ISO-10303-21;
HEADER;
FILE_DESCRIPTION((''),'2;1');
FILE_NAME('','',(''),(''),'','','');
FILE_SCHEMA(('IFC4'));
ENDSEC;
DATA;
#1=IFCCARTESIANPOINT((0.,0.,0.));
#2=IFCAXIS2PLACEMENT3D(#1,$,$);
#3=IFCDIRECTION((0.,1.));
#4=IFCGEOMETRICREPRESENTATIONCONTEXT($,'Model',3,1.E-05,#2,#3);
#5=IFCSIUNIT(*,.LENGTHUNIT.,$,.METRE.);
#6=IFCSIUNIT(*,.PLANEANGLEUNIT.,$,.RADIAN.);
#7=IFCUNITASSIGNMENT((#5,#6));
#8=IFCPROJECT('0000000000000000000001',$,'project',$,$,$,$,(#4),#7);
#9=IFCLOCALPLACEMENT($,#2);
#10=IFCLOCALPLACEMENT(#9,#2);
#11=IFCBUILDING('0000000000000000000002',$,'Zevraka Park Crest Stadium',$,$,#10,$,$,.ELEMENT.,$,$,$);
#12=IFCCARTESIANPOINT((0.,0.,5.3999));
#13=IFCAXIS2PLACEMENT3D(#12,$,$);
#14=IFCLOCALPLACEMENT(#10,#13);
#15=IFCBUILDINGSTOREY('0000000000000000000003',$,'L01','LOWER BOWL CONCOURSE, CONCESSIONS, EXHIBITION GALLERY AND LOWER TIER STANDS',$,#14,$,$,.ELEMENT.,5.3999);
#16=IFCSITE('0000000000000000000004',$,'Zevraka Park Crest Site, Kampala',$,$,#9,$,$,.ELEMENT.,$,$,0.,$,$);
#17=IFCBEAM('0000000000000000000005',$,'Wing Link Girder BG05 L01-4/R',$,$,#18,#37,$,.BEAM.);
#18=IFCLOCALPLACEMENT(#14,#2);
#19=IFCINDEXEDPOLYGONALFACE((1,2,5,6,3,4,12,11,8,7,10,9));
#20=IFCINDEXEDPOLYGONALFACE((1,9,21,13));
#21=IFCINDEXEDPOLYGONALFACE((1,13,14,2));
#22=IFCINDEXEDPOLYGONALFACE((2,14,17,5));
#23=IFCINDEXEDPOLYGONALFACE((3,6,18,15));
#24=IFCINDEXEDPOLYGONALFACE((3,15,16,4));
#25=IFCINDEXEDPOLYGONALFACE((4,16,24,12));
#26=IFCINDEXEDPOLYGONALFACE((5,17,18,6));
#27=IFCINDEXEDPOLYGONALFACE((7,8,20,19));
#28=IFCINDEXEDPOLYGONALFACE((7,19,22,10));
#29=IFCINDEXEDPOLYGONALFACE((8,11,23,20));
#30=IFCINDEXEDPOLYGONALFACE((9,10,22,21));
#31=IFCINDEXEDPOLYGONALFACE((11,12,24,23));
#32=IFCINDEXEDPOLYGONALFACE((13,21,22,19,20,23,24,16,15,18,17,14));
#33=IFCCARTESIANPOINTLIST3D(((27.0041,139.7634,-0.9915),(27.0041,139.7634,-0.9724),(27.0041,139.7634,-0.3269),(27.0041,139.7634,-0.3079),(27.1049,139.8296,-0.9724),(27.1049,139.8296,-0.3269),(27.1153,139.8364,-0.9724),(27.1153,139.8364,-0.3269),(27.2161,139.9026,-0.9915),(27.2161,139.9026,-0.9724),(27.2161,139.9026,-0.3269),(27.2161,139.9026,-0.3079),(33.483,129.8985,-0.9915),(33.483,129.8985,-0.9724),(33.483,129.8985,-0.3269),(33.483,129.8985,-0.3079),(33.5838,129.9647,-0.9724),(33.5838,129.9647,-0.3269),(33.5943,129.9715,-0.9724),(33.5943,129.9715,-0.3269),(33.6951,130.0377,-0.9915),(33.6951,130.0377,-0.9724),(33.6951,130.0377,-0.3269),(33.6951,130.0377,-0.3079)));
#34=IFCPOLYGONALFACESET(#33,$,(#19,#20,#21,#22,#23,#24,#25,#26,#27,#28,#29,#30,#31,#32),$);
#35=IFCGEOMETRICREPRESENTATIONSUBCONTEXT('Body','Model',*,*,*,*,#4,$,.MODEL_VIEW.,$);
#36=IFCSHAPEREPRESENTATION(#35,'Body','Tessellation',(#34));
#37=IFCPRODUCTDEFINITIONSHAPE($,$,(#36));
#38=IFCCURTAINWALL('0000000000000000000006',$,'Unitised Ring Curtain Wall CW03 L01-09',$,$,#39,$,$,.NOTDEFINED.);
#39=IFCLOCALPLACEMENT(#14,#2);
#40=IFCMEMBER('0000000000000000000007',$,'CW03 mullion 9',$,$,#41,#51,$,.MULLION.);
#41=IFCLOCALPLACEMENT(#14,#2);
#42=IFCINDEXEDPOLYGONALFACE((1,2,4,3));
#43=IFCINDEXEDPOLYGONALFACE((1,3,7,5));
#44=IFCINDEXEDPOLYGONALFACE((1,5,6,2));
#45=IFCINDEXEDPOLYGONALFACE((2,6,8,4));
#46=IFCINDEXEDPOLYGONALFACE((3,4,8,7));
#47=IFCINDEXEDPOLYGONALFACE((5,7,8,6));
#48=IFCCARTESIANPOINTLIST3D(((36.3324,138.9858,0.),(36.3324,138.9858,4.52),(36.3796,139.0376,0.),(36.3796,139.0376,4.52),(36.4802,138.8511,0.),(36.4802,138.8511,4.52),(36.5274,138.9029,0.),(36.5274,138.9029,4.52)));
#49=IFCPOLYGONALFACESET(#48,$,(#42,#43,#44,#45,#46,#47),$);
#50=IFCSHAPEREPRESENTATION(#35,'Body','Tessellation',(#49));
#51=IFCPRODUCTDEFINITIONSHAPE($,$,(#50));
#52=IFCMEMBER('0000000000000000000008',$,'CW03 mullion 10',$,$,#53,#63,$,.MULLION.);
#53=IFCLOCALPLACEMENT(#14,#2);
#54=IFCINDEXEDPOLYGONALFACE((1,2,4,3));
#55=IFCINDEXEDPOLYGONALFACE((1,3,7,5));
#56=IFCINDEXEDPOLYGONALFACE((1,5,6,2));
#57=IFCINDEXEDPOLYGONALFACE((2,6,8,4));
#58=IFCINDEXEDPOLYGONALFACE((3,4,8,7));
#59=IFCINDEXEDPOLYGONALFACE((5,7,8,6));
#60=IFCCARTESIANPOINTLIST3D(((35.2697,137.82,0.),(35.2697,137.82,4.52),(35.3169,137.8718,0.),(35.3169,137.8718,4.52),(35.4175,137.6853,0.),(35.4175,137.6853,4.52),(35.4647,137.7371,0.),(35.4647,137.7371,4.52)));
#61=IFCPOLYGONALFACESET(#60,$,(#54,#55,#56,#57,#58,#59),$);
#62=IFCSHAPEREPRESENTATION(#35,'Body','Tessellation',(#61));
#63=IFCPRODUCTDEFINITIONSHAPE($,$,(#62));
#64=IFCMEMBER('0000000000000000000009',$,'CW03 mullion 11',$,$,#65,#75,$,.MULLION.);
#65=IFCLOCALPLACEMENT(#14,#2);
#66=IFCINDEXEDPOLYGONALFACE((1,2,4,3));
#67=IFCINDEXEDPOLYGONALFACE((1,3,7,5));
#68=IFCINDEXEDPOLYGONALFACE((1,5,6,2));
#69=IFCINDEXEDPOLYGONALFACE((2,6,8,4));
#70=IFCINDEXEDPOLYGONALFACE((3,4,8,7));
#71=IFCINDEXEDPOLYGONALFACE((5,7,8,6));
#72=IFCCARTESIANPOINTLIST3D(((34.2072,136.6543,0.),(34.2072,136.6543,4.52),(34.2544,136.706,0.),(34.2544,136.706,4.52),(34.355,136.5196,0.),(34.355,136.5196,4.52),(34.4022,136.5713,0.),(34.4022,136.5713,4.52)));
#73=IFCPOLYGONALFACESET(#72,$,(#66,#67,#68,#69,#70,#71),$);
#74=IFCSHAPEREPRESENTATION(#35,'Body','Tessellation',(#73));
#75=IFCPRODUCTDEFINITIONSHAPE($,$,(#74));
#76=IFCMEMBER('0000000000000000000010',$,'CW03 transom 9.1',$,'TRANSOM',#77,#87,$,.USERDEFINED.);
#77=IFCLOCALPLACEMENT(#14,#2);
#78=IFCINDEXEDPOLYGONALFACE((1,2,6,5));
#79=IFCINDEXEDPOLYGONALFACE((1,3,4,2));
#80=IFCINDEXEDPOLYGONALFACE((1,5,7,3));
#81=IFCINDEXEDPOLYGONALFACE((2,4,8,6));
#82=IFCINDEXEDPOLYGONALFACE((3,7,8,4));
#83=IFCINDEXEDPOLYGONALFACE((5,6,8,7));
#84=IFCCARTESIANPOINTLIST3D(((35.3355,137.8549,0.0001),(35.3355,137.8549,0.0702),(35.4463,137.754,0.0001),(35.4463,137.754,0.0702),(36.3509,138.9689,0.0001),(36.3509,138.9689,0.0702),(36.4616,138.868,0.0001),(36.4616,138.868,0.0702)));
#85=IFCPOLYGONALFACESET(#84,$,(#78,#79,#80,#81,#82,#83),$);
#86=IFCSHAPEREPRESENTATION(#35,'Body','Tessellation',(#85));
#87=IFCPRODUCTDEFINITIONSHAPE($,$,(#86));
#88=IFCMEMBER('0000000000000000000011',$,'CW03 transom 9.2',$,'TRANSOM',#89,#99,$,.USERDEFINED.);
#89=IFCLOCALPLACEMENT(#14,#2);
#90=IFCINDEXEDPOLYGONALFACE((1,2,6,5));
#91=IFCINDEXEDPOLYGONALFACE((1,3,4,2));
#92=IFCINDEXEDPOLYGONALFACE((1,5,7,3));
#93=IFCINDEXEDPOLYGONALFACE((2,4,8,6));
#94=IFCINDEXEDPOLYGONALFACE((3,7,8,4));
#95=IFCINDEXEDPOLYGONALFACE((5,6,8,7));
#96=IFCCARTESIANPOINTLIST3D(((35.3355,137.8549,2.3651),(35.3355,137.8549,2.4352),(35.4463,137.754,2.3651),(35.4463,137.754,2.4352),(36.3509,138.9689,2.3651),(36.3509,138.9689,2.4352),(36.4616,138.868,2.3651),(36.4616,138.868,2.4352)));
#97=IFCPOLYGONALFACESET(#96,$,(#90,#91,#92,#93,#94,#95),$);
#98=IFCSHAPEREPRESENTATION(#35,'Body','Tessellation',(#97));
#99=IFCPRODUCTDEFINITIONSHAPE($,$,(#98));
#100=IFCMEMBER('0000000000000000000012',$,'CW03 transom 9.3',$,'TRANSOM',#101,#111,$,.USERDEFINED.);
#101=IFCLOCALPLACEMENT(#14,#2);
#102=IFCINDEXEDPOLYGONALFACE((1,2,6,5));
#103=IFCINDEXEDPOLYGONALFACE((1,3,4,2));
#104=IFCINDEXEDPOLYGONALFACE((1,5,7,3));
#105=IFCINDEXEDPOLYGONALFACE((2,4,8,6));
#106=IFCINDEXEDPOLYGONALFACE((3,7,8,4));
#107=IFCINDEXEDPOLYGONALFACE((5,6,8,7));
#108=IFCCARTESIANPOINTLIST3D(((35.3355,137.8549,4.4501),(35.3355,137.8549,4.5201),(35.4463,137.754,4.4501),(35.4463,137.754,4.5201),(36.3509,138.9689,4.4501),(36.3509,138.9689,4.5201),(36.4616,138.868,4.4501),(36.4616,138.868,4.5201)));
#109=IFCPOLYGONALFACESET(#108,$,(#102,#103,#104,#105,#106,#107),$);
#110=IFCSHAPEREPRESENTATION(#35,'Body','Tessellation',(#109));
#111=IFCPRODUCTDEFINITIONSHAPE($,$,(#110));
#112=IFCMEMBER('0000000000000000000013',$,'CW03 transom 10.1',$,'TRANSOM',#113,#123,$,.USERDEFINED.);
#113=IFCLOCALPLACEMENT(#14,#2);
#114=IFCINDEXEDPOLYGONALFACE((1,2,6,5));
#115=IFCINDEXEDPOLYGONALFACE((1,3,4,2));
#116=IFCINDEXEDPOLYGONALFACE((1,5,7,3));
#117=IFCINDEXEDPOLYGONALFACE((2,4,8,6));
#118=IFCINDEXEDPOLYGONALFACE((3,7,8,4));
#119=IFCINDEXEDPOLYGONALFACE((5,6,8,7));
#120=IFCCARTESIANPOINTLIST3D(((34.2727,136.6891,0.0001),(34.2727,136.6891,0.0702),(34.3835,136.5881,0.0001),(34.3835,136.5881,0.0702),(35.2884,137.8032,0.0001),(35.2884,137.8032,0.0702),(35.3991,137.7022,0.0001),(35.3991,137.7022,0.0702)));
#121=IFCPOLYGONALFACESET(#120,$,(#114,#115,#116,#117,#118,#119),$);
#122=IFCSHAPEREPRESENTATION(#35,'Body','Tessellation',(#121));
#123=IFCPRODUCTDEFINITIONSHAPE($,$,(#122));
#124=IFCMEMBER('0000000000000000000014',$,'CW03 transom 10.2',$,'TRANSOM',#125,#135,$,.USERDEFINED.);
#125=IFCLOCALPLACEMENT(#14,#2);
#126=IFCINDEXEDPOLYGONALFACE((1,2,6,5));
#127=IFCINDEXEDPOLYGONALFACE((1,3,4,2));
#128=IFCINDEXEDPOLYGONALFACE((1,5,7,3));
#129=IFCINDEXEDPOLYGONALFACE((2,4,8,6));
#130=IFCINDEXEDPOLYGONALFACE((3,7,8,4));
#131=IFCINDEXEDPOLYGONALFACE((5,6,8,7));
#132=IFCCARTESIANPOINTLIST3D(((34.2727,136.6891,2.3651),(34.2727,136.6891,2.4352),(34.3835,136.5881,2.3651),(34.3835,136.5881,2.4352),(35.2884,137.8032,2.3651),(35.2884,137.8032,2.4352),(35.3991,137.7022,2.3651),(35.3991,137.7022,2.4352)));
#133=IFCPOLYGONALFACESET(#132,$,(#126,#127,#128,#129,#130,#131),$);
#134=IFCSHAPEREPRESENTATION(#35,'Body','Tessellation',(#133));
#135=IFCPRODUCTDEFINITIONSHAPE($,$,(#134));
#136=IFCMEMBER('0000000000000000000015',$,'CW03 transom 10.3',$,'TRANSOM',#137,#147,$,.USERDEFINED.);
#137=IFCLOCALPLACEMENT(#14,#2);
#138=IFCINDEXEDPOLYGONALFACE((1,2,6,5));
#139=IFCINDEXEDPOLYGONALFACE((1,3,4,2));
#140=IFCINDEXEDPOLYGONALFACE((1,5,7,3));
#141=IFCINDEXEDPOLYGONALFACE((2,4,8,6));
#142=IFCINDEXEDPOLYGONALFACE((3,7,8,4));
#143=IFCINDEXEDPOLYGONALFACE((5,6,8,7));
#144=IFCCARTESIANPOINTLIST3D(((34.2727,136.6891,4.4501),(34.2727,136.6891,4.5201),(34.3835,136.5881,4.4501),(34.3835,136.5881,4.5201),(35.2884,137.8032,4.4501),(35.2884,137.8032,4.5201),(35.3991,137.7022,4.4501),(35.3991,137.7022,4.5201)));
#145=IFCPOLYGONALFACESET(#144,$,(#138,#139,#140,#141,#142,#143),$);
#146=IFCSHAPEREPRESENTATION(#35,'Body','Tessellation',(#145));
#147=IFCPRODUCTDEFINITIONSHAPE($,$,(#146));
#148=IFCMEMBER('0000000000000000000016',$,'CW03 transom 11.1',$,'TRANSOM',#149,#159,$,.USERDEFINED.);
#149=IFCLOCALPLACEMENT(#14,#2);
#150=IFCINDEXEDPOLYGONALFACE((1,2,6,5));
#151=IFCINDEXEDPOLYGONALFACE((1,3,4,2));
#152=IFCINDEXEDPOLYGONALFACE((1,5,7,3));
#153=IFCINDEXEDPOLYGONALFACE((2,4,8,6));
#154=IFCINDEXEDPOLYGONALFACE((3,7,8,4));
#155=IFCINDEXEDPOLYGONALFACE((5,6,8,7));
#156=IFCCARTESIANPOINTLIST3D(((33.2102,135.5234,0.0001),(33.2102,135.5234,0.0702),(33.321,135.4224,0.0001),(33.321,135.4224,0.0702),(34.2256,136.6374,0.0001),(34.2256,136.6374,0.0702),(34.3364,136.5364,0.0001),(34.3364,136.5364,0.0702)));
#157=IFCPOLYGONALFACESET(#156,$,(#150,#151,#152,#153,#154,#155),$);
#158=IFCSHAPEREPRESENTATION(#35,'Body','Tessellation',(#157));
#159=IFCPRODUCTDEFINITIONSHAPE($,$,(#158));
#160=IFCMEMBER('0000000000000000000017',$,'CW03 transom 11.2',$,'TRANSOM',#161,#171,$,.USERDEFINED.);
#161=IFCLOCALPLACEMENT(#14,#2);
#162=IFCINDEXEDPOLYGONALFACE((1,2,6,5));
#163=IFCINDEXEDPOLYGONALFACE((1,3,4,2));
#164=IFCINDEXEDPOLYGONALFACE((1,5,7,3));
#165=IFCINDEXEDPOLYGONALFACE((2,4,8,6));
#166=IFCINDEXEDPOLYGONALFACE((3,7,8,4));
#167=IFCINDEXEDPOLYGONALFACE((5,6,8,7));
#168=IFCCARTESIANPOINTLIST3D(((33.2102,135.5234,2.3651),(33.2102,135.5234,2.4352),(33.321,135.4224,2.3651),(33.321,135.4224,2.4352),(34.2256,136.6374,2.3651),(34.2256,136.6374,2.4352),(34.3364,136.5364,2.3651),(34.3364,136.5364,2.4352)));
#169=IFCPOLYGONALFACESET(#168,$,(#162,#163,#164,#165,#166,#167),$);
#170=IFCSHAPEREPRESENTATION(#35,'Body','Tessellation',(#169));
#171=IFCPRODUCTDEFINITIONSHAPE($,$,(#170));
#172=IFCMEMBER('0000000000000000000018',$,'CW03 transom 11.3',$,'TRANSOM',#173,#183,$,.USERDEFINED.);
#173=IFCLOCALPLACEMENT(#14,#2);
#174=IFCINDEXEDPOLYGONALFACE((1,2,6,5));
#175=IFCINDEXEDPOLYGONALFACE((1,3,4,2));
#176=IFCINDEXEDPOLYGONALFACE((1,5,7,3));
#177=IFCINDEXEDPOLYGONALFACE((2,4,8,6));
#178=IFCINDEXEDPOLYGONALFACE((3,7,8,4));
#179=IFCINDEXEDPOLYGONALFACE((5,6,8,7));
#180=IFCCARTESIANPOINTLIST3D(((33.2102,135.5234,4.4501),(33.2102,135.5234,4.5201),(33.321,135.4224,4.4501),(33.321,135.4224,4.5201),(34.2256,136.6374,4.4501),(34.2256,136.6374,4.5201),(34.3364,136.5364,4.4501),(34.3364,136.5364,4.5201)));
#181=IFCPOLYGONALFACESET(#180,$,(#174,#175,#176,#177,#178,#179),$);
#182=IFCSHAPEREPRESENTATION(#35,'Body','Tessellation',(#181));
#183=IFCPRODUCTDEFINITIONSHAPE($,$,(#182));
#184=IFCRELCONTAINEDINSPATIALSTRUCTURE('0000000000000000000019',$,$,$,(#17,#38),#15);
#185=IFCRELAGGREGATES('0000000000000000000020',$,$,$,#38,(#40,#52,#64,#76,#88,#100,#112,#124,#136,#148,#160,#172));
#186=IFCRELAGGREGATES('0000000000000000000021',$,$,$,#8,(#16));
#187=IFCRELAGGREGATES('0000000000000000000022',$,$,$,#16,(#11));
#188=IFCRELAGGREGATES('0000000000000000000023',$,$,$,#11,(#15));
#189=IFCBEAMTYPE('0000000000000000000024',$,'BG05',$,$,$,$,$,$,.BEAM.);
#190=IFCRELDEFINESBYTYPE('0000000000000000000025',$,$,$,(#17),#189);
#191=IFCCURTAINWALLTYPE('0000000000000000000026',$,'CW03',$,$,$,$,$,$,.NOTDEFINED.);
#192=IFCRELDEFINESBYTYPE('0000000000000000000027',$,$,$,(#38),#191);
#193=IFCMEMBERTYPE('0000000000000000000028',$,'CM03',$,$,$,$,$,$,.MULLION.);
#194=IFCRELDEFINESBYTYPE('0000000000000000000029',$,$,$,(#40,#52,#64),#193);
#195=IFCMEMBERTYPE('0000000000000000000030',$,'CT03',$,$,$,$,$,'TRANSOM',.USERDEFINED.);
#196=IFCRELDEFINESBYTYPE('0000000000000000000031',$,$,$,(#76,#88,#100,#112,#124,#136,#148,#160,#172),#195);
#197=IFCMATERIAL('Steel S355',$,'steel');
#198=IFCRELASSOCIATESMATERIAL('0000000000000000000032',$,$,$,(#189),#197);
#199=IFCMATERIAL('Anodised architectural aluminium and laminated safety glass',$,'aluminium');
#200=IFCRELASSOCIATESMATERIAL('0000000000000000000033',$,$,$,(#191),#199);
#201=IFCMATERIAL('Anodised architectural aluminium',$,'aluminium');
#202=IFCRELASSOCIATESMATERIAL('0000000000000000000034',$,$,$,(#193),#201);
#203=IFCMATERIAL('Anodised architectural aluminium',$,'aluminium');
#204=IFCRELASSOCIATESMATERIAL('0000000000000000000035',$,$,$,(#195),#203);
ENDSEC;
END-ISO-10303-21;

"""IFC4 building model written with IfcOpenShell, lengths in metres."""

from ifc_helpers import new_model, si_unit, direction, frame, origin, origin_2d, place, context, subcontext, project, spatial, rectangle, i_section, extrude, material, material_profile, profile_set, type_object, element, aggregate, save


model = new_model("IFC4")

# Units and contexts
model_context = context("Model", 3, precision=1e-05, world=origin(), true_north=direction((0.0, 1.0)))
body_context = subcontext(model_context, "Body", "Model", "MODEL_VIEW")
ifc_project = project(units=[si_unit("LENGTHUNIT", "METRE"), si_unit("PLANEANGLEUNIT", "RADIAN")], contexts=[model_context])

# Site, building, storey
site_placement = place(None, origin())
site = spatial("IfcSite", under=ifc_project, at=site_placement, Name="Zevraka Park Crest Site, Kampala", CompositionType="ELEMENT", RefElevation=0.0)
building_placement = place(site_placement, origin())
building = spatial("IfcBuilding", under=site, at=building_placement, Name="Zevraka Park Crest Stadium", CompositionType="ELEMENT")
storey_placement = place(building_placement, frame((0.0, 0.0, 5.3999)))
storey = spatial("IfcBuildingStorey", under=building, at=storey_placement, Name="L01", Description="LOWER BOWL CONCOURSE, CONCESSIONS, EXHIBITION GALLERY AND LOWER TIER STANDS", CompositionType="ELEMENT", Elevation=5.3999)

# Beam
ifc_material_1 = material(Name="Steel S355", Category="steel")
ifc_material_profile_1 = material_profile(ifc_material_1, i_section(OverallWidth=0.2537, OverallDepth=0.6836, WebThickness=0.0125, FlangeThickness=0.019, at=origin_2d()), Name="UKB 686x254x140")
ifc_profile_set_1 = profile_set([ifc_material_profile_1], Name="Steel S355")
beam_type = type_object("IfcBeamType", Name="BG05", PredefinedType="BEAM", material=ifc_profile_set_1)
beam_placement = place(storey_placement, frame((27.1101, 139.833, -0.6497), z_axis=(0.548959, -0.835849, 0.0), x_axis=(0.835849, 0.548959, 0.0)))
element("IfcBeam", 1, at=beam_placement, inside=storey, type_object=beam_type, Name="Wing Link Girder BG05 L01-4/R", PredefinedType="BEAM", context=body_context, shape_type="SweptSolid", body=[
    extrude(i_section(OverallWidth=0.2537, OverallDepth=0.6836, WebThickness=0.0125, FlangeThickness=0.019, at=origin_2d()), origin(), (0.0, 0.0, 1.0), 11.8022),
])

# Curtain wall, members
ifc_material_2 = material(Name="Anodised architectural aluminium and laminated safety glass", Category="aluminium")
curtain_wall_type = type_object("IfcCurtainWallType", Name="CW03", PredefinedType="NOTDEFINED", material=ifc_material_2)
curtain_wall_placement = place(storey_placement, origin())
curtain_wall = element("IfcCurtainWall", 2, at=curtain_wall_placement, inside=storey, type_object=curtain_wall_type, Name="Unitised Ring Curtain Wall CW03 L01-09", PredefinedType="NOTDEFINED")
ifc_material_3 = material(Name="Anodised architectural aluminium", Category="aluminium")
ifc_material_profile_2 = material_profile(ifc_material_3, rectangle(XDim=0.2, YDim=0.0701, at=origin_2d()), Name="ALU MULLION 200x70")
ifc_profile_set_2 = profile_set([ifc_material_profile_2], Name="Anodised architectural aluminium")
member_type_1 = type_object("IfcMemberType", Name="CM03", PredefinedType="MULLION", material=ifc_profile_set_2)
member_1_placement = place(storey_placement, frame((36.4299, 138.9443, 0.0), z_axis=(0.0, 0.0, 1.0), x_axis=(0.739023, -0.67368, 0.0)))
member_1 = element("IfcMember", 3, at=member_1_placement, type_object=member_type_1, Name="CW03 mullion 9", PredefinedType="MULLION", context=body_context, shape_type="SweptSolid", body=[
    extrude(rectangle(XDim=0.2, YDim=0.0701, at=origin_2d()), origin(), (0.0, 0.0, 1.0), 4.52),
])
member_2_placement = place(storey_placement, frame((35.3672, 137.7786, 0.0), z_axis=(0.0, 0.0, 1.0), x_axis=(0.739023, -0.67368, 0.0)))
member_2 = element("IfcMember", 4, at=member_2_placement, type_object=member_type_1, Name="CW03 mullion 10", PredefinedType="MULLION", context=body_context, shape_type="SweptSolid", body=[
    extrude(rectangle(XDim=0.2, YDim=0.0701, at=origin_2d()), origin(), (0.0, 0.0, 1.0), 4.52),
])
member_3_placement = place(storey_placement, frame((34.3047, 136.6128, 0.0), z_axis=(0.0, 0.0, 1.0), x_axis=(0.739023, -0.67368, 0.0)))
member_3 = element("IfcMember", 5, at=member_3_placement, type_object=member_type_1, Name="CW03 mullion 11", PredefinedType="MULLION", context=body_context, shape_type="SweptSolid", body=[
    extrude(rectangle(XDim=0.2, YDim=0.0701, at=origin_2d()), origin(), (0.0, 0.0, 1.0), 4.52),
])
ifc_material_4 = material(Name="Anodised architectural aluminium", Category="aluminium")
ifc_material_profile_3 = material_profile(ifc_material_4, rectangle(XDim=0.1499, YDim=0.0701, at=origin_2d()), Name="ALU TRANSOM 150x70")
ifc_profile_set_3 = profile_set([ifc_material_profile_3], Name="Anodised architectural aluminium")
member_type_2 = type_object("IfcMemberType", Name="CT03", ElementType="TRANSOM", PredefinedType="USERDEFINED", material=ifc_profile_set_3)
member_4_placement = place(storey_placement, frame((36.4062, 138.9185, 0.0352), z_axis=(-0.673632, -0.739067, 0.0), x_axis=(0.739067, -0.673632, 0.0)))
member_4 = element("IfcMember", 6, at=member_4_placement, type_object=member_type_2, Name="CW03 transom 9.1", ObjectType="TRANSOM", PredefinedType="USERDEFINED", context=body_context, shape_type="SweptSolid", body=[
    extrude(rectangle(XDim=0.1499, YDim=0.0701, at=origin_2d()), origin(), (0.0, 0.0, 1.0), 1.5073),
])
member_5_placement = place(storey_placement, frame((36.4062, 138.9185, 2.4001), z_axis=(-0.673632, -0.739067, 0.0), x_axis=(0.739067, -0.673632, 0.0)))
member_5 = element("IfcMember", 7, at=member_5_placement, type_object=member_type_2, Name="CW03 transom 9.2", ObjectType="TRANSOM", PredefinedType="USERDEFINED", context=body_context, shape_type="SweptSolid", body=[
    extrude(rectangle(XDim=0.1499, YDim=0.0701, at=origin_2d()), origin(), (0.0, 0.0, 1.0), 1.5073),
])
member_6_placement = place(storey_placement, frame((36.4062, 138.9185, 4.4851), z_axis=(-0.673632, -0.739067, 0.0), x_axis=(0.739067, -0.673632, 0.0)))
member_6 = element("IfcMember", 8, at=member_6_placement, type_object=member_type_2, Name="CW03 transom 9.3", ObjectType="TRANSOM", PredefinedType="USERDEFINED", context=body_context, shape_type="SweptSolid", body=[
    extrude(rectangle(XDim=0.1499, YDim=0.0701, at=origin_2d()), origin(), (0.0, 0.0, 1.0), 1.5073),
])
member_7_placement = place(storey_placement, frame((35.3438, 137.7527, 0.0352), z_axis=(-0.67372, -0.738987, 0.0), x_axis=(0.738987, -0.67372, 0.0)))
member_7 = element("IfcMember", 9, at=member_7_placement, type_object=member_type_2, Name="CW03 transom 10.1", ObjectType="TRANSOM", PredefinedType="USERDEFINED", context=body_context, shape_type="SweptSolid", body=[
    extrude(rectangle(XDim=0.1499, YDim=0.0701, at=origin_2d()), origin(), (0.0, 0.0, 1.0), 1.5076),
])
member_8_placement = place(storey_placement, frame((35.3438, 137.7527, 2.4001), z_axis=(-0.67372, -0.738987, 0.0), x_axis=(0.738987, -0.67372, 0.0)))
member_8 = element("IfcMember", 10, at=member_8_placement, type_object=member_type_2, Name="CW03 transom 10.2", ObjectType="TRANSOM", PredefinedType="USERDEFINED", context=body_context, shape_type="SweptSolid", body=[
    extrude(rectangle(XDim=0.1499, YDim=0.0701, at=origin_2d()), origin(), (0.0, 0.0, 1.0), 1.5076),
])
member_9_placement = place(storey_placement, frame((35.3438, 137.7527, 4.4851), z_axis=(-0.67372, -0.738987, 0.0), x_axis=(0.738987, -0.67372, 0.0)))
member_9 = element("IfcMember", 11, at=member_9_placement, type_object=member_type_2, Name="CW03 transom 10.3", ObjectType="TRANSOM", PredefinedType="USERDEFINED", context=body_context, shape_type="SweptSolid", body=[
    extrude(rectangle(XDim=0.1499, YDim=0.0701, at=origin_2d()), origin(), (0.0, 0.0, 1.0), 1.5076),
])
member_10_placement = place(storey_placement, frame((34.281, 136.5869, 0.0352), z_axis=(-0.673632, -0.739067, 0.0), x_axis=(0.739067, -0.673632, 0.0)))
member_10 = element("IfcMember", 12, at=member_10_placement, type_object=member_type_2, Name="CW03 transom 11.1", ObjectType="TRANSOM", PredefinedType="USERDEFINED", context=body_context, shape_type="SweptSolid", body=[
    extrude(rectangle(XDim=0.1499, YDim=0.0701, at=origin_2d()), origin(), (0.0, 0.0, 1.0), 1.5073),
])
member_11_placement = place(storey_placement, frame((34.281, 136.5869, 2.4001), z_axis=(-0.673632, -0.739067, 0.0), x_axis=(0.739067, -0.673632, 0.0)))
member_11 = element("IfcMember", 13, at=member_11_placement, type_object=member_type_2, Name="CW03 transom 11.2", ObjectType="TRANSOM", PredefinedType="USERDEFINED", context=body_context, shape_type="SweptSolid", body=[
    extrude(rectangle(XDim=0.1499, YDim=0.0701, at=origin_2d()), origin(), (0.0, 0.0, 1.0), 1.5073),
])
member_12_placement = place(storey_placement, frame((34.281, 136.5869, 4.4851), z_axis=(-0.673632, -0.739067, 0.0), x_axis=(0.739067, -0.673632, 0.0)))
member_12 = element("IfcMember", 14, at=member_12_placement, type_object=member_type_2, Name="CW03 transom 11.3", ObjectType="TRANSOM", PredefinedType="USERDEFINED", context=body_context, shape_type="SweptSolid", body=[
    extrude(rectangle(XDim=0.1499, YDim=0.0701, at=origin_2d()), origin(), (0.0, 0.0, 1.0), 1.5073),
])
aggregate(curtain_wall, [member_1, member_2, member_3, member_4, member_5, member_6, member_7, member_8, member_9, member_10, member_11, member_12])

save(model, "model.ifc")
